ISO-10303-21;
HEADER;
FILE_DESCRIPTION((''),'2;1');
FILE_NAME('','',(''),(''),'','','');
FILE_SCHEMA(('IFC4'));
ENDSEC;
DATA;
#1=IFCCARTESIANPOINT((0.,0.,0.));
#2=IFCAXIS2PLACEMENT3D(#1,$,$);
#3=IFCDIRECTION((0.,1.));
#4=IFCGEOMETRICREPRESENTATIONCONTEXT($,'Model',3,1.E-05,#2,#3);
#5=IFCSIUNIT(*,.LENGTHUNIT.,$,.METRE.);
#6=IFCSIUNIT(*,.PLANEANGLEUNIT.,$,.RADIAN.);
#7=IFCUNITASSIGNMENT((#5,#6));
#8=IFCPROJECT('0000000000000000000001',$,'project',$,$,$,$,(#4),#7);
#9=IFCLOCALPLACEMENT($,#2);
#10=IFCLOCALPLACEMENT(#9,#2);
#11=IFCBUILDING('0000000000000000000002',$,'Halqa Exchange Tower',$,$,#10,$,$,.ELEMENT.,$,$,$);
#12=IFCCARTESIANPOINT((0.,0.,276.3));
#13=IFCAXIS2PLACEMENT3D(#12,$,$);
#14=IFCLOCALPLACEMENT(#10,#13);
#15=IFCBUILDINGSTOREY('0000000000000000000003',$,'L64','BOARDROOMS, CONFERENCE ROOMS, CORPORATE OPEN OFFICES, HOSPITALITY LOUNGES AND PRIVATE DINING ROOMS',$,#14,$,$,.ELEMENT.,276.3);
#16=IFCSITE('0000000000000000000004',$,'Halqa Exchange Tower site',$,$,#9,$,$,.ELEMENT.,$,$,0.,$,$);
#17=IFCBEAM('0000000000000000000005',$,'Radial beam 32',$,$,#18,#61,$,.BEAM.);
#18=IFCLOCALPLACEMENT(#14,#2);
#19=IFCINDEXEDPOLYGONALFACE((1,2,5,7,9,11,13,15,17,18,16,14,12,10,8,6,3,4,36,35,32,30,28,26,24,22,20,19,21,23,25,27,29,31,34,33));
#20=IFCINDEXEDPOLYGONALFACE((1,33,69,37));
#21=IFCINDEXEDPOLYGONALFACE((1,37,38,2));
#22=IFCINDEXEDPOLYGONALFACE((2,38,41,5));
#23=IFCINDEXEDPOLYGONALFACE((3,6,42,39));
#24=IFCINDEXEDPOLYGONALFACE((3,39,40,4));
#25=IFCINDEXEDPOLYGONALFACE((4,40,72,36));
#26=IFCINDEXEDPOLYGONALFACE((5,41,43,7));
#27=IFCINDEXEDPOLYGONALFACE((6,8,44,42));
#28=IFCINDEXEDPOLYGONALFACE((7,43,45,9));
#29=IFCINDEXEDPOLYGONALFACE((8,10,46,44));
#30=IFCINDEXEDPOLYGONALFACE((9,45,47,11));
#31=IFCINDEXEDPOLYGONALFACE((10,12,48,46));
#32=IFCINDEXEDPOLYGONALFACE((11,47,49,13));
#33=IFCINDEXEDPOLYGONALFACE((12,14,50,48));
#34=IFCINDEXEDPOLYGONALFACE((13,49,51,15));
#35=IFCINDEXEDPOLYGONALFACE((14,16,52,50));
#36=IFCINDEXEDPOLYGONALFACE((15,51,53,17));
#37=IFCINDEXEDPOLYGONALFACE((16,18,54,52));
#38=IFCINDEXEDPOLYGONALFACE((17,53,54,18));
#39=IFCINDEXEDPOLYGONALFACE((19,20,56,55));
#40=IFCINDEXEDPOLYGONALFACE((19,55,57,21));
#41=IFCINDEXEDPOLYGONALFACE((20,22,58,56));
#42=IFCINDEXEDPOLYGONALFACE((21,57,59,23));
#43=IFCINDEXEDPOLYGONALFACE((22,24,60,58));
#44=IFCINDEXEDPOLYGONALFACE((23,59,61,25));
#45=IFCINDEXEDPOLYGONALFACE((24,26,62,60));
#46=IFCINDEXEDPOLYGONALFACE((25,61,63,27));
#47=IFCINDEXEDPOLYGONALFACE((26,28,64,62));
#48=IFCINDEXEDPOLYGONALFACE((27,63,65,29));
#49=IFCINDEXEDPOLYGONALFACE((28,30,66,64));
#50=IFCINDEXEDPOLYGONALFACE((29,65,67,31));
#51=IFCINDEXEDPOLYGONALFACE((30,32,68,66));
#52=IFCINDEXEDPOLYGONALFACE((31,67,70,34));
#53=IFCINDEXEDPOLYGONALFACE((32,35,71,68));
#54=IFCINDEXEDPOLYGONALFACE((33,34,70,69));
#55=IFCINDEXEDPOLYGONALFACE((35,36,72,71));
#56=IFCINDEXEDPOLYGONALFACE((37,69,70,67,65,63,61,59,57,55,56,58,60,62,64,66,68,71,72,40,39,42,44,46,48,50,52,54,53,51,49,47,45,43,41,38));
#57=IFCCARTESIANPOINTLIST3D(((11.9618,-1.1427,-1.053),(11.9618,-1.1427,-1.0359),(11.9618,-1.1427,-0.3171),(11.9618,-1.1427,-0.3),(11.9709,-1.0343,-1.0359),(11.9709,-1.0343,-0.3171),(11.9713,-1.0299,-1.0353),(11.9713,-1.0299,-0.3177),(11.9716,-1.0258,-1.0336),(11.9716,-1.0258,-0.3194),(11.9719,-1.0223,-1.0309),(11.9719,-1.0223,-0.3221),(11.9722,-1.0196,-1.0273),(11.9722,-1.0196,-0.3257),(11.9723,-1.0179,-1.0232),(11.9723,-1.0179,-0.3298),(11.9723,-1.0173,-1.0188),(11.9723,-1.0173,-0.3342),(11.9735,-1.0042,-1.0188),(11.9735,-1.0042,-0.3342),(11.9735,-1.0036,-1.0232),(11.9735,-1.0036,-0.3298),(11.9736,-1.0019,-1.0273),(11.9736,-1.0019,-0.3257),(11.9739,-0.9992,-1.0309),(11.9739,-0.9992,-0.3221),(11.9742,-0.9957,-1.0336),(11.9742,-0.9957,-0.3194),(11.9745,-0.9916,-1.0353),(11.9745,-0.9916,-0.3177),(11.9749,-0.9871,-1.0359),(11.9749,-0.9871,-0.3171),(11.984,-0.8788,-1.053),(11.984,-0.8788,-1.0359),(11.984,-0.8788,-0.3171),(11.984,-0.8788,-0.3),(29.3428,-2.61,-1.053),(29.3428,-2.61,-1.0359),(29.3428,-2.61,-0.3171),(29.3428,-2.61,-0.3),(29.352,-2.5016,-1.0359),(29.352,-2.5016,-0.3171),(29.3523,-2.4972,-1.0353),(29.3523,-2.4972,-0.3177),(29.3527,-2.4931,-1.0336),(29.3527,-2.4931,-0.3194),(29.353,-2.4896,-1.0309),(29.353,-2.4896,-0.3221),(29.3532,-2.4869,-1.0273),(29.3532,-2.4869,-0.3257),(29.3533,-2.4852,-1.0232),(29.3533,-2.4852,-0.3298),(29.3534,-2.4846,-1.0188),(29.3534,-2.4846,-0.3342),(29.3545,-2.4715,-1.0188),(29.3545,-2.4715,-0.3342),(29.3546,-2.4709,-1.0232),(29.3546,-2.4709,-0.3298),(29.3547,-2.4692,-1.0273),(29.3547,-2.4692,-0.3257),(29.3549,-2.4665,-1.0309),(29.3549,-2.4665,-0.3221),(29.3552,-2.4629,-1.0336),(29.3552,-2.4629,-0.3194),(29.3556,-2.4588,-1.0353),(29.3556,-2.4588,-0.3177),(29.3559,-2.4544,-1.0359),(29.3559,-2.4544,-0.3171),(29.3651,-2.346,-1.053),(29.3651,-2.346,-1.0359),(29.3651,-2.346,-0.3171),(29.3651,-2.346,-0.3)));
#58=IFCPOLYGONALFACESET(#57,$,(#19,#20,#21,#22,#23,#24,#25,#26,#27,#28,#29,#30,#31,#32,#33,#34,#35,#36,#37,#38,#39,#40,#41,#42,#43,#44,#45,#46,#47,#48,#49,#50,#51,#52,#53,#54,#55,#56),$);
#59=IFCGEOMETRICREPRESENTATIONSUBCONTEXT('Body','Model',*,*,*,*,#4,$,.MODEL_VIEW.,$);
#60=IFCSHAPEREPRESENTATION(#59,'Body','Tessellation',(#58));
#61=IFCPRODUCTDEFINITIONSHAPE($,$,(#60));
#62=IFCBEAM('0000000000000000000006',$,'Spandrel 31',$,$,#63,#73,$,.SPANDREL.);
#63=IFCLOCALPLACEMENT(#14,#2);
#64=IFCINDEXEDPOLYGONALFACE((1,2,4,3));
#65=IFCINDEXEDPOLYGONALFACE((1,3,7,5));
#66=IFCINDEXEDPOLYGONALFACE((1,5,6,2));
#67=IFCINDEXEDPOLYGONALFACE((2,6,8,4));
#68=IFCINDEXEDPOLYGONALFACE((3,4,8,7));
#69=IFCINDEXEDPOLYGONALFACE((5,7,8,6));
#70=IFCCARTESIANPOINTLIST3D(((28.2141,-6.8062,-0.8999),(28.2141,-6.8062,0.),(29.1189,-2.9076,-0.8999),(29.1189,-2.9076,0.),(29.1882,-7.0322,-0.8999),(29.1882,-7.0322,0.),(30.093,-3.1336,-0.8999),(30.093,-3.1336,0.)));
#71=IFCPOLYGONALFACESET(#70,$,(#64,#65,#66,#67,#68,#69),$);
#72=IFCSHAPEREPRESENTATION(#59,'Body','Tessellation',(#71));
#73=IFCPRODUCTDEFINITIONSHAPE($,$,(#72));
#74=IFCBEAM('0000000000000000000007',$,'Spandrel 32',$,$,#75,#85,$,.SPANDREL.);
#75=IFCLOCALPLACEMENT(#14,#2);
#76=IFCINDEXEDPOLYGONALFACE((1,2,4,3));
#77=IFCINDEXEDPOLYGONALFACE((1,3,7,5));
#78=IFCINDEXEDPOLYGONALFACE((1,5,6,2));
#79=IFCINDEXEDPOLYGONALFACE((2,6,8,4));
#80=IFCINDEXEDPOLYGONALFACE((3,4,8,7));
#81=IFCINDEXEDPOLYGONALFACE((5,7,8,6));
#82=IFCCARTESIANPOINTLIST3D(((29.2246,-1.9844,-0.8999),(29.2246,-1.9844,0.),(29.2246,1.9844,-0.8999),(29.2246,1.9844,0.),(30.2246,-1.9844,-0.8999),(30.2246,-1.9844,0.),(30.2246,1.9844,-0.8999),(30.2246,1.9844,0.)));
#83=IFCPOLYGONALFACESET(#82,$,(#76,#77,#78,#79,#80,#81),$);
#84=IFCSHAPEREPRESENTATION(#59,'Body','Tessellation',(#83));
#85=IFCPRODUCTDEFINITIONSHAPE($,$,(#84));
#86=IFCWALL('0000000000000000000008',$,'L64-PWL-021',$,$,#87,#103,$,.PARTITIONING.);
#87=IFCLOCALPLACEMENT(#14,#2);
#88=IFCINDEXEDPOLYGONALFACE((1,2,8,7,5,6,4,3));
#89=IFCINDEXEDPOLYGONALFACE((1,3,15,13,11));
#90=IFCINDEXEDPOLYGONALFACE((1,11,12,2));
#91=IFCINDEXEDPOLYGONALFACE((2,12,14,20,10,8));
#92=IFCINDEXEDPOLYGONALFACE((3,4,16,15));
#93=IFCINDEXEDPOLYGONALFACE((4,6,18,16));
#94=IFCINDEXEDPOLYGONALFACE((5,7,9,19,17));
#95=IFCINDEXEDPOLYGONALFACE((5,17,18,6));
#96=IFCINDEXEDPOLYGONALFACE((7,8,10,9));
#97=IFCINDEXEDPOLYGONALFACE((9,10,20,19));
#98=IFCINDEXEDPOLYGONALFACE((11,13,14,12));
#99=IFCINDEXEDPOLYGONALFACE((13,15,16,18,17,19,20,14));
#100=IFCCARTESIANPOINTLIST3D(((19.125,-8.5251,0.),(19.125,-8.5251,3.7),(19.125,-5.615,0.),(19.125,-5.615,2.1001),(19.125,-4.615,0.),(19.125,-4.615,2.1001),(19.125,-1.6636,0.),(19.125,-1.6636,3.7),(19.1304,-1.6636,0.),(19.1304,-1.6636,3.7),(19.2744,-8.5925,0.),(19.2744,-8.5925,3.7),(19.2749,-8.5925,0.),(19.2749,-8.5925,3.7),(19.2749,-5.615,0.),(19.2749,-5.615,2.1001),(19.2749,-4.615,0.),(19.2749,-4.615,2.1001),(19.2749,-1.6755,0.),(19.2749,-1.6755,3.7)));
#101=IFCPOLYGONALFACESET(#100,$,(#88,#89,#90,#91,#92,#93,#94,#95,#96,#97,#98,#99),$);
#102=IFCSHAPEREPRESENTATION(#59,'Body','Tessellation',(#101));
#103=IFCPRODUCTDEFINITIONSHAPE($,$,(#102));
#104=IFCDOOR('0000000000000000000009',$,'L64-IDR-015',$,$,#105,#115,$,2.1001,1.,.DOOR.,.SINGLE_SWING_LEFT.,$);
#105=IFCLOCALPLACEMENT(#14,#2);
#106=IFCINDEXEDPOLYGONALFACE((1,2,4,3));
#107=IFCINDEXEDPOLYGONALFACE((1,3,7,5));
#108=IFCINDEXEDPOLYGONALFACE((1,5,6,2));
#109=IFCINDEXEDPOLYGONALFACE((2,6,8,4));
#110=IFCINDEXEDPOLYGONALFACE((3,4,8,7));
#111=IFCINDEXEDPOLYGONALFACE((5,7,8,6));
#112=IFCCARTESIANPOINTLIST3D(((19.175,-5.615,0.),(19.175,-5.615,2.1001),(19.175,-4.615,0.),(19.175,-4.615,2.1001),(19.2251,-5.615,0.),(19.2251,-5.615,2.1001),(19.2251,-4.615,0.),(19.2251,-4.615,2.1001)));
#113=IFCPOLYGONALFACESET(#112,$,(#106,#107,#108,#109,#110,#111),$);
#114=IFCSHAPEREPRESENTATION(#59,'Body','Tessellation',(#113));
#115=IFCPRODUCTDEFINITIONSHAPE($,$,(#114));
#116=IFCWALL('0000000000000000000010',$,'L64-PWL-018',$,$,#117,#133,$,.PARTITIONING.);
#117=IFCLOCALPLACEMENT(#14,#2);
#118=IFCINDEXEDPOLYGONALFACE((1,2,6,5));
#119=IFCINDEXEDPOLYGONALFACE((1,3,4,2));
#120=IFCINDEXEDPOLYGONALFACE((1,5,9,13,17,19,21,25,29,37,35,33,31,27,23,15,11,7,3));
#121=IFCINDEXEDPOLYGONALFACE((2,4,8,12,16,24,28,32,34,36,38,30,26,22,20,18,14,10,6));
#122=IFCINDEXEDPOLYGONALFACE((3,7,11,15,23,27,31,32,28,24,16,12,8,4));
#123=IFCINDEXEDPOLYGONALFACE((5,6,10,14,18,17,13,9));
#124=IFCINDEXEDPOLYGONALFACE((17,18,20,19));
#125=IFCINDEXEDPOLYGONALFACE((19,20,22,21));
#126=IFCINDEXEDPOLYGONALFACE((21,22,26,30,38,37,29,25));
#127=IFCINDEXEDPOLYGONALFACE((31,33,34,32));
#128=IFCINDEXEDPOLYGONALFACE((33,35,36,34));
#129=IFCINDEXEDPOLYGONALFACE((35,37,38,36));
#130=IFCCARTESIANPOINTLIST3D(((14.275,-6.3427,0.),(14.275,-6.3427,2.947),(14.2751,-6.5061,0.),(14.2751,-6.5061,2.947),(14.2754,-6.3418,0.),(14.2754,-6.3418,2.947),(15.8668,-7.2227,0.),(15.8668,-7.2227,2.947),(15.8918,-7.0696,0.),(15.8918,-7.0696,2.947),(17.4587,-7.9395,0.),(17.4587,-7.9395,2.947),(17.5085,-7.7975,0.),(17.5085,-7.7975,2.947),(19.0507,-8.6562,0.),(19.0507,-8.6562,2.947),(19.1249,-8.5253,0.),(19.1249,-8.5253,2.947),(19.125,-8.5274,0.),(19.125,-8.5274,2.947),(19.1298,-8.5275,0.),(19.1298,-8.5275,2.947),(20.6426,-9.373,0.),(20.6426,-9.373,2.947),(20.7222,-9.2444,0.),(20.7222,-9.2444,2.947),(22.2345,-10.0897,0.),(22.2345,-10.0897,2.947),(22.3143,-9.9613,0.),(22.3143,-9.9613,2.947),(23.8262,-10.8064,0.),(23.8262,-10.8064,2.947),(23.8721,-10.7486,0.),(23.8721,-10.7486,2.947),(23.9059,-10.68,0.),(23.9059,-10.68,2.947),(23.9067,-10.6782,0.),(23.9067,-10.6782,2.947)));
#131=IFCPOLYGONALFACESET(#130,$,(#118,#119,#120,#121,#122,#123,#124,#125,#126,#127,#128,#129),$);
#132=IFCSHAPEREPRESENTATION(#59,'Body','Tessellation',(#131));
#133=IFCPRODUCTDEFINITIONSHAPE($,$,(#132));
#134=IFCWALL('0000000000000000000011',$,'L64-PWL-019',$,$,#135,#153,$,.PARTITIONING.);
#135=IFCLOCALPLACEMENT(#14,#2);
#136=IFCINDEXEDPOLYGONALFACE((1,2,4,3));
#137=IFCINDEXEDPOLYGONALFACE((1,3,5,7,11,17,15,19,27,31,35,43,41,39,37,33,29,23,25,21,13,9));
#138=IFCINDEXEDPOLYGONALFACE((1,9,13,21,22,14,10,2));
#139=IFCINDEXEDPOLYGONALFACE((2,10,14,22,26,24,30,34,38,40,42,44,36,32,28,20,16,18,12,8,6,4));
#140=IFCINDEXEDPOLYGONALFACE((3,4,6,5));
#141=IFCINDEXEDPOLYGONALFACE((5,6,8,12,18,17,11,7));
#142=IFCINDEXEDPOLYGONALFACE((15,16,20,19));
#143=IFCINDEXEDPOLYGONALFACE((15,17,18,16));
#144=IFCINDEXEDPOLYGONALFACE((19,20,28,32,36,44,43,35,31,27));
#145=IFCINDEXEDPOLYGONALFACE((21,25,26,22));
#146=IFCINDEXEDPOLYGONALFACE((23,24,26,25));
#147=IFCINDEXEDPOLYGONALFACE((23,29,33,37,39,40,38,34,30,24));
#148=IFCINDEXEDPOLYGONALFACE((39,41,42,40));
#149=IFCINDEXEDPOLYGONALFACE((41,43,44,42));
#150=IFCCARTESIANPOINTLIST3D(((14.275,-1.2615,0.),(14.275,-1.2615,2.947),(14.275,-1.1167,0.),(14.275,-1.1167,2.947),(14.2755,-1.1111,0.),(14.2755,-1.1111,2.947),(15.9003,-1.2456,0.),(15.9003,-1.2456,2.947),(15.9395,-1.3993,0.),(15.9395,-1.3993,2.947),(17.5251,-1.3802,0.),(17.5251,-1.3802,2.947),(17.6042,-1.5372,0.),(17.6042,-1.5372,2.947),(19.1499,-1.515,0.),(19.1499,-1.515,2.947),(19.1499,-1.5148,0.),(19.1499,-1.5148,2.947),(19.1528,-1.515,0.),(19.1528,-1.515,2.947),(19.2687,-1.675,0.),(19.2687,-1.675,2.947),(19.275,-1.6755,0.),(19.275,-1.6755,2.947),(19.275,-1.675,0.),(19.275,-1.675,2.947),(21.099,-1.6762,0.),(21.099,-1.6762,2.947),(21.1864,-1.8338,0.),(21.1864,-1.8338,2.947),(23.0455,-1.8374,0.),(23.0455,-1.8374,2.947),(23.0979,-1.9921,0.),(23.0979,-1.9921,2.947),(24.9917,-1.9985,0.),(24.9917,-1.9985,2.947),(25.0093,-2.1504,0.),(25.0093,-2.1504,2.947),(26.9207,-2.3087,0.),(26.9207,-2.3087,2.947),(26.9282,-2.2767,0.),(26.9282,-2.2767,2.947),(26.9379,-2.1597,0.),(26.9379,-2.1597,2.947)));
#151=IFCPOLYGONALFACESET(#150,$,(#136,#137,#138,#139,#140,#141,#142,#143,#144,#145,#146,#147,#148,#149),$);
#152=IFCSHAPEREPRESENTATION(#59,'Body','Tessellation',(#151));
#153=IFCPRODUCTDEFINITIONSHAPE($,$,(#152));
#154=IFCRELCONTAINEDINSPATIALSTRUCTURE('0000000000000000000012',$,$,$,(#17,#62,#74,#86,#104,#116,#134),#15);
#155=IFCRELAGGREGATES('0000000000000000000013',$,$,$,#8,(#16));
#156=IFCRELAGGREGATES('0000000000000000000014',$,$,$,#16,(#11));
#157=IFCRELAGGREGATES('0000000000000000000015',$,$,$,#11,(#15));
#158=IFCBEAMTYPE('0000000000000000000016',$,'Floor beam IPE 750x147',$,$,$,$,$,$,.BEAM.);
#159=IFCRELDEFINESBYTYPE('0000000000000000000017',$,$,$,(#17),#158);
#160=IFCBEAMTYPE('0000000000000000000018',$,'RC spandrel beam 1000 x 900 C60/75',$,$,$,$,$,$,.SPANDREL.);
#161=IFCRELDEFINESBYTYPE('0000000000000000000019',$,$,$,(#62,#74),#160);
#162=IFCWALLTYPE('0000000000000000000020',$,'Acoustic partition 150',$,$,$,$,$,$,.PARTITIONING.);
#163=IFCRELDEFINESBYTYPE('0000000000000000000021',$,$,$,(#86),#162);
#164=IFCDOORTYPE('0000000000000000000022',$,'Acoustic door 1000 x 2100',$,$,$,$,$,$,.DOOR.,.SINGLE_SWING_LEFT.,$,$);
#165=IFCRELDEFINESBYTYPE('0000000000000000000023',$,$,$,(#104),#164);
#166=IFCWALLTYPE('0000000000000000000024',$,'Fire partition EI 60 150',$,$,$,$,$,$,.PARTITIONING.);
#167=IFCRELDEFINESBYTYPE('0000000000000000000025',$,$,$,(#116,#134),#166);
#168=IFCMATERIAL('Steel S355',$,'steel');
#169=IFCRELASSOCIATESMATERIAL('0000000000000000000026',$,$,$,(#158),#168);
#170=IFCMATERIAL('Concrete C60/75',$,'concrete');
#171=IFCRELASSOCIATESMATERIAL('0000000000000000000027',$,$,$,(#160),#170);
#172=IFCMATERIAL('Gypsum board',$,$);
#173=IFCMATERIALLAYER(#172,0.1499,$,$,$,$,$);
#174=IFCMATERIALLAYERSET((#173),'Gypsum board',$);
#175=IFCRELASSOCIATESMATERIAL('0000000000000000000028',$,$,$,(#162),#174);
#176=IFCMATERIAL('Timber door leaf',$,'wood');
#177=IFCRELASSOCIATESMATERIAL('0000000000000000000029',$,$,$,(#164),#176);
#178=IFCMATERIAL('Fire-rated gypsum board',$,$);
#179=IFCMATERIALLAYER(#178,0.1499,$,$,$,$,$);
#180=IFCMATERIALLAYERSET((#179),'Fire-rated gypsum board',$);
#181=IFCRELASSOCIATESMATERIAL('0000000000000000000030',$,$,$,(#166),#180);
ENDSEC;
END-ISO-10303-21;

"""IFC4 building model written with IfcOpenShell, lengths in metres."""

from ifc_helpers import new_model, si_unit, direction, frame, frame_2d, origin, origin_2d, place, context, subcontext, project, spatial, polyline, rectangle, i_section, outline, extrude, material, layer, layer_set, material_profile, profile_set, type_object, element, fill, save


model = new_model("IFC4")

# Units and contexts
model_context = context("Model", 3, precision=1e-05, world=origin(), true_north=direction((0.0, 1.0)))
body_context = subcontext(model_context, "Body", "Model", "MODEL_VIEW")
ifc_project = project(units=[si_unit("LENGTHUNIT", "METRE"), si_unit("PLANEANGLEUNIT", "RADIAN")], contexts=[model_context])

# Site, building, storey
site_placement = place(None, origin())
site = spatial("IfcSite", under=ifc_project, at=site_placement, Name="Halqa Exchange Tower site", CompositionType="ELEMENT", RefElevation=0.0)
building_placement = place(site_placement, origin())
building = spatial("IfcBuilding", under=site, at=building_placement, Name="Halqa Exchange Tower", CompositionType="ELEMENT")
storey_placement = place(building_placement, frame((0.0, 0.0, 276.3)))
storey = spatial("IfcBuildingStorey", under=building, at=storey_placement, Name="L64", Description="BOARDROOMS, CONFERENCE ROOMS, CORPORATE OPEN OFFICES, HOSPITALITY LOUNGES AND PRIVATE DINING ROOMS", CompositionType="ELEMENT", Elevation=276.3)

# Shared definitions
ifc_material_1 = material(Name="Concrete C60/75", Category="concrete")

# Beams
ifc_material_2 = material(Name="Steel S355", Category="steel")
ifc_material_profile_1 = material_profile(ifc_material_2, i_section(OverallWidth=0.2649, OverallDepth=0.7529, WebThickness=0.0132, FlangeThickness=0.0171, FilletRadius=0.0171, at=origin_2d()), Name="IPE 750x147")
ifc_profile_set_1 = profile_set([ifc_material_profile_1], Name="Steel S355")
beam_type_1 = type_object("IfcBeamType", Name="Floor beam IPE 750x147", PredefinedType="BEAM", material=ifc_profile_set_1)
beam_1_placement = place(storey_placement, frame((11.9729, -1.0107, -0.6765), z_axis=(0.996456, -0.084119, 0.0), x_axis=(0.084119, 0.996456, 0.0)))
element("IfcBeam", 1, at=beam_1_placement, inside=storey, type_object=beam_type_1, Name="Radial beam 32", PredefinedType="BEAM", context=body_context, shape_type="SweptSolid", body=[
    extrude(i_section(OverallWidth=0.2649, OverallDepth=0.7529, WebThickness=0.0132, FlangeThickness=0.0171, FilletRadius=0.0171, at=origin_2d()), origin(), (0.0, 0.0, 1.0), 17.4429),
])
ifc_material_profile_2 = material_profile(ifc_material_1, rectangle(XDim=1.0, YDim=0.8999, at=origin_2d()), Name="1000 x 900")
ifc_profile_set_2 = profile_set([ifc_material_profile_2], Name="Concrete C60/75")
beam_type_2 = type_object("IfcBeamType", Name="RC spandrel beam 1000 x 900 C60/75", PredefinedType="SPANDREL", material=ifc_profile_set_2)
beam_2_placement = place(storey_placement, frame((28.7012, -6.9192, -0.45), z_axis=(0.226067, 0.974112, 0.0), x_axis=(-0.974112, 0.226067, 0.0)))
element("IfcBeam", 2, at=beam_2_placement, inside=storey, type_object=beam_type_2, Name="Spandrel 31", PredefinedType="SPANDREL", context=body_context, shape_type="SweptSolid", body=[
    extrude(rectangle(XDim=1.0, YDim=0.8999, at=origin_2d()), origin(), (0.0, 0.0, 1.0), 4.0022),
])
beam_3_placement = place(storey_placement, frame((29.7246, -1.9844, -0.45), z_axis=(0.0, 1.0, 0.0), x_axis=(-1.0, 0.0, 0.0)))
element("IfcBeam", 3, at=beam_3_placement, inside=storey, type_object=beam_type_2, Name="Spandrel 32", PredefinedType="SPANDREL", context=body_context, shape_type="SweptSolid", body=[
    extrude(rectangle(XDim=1.0, YDim=0.8999, at=origin_2d()), origin(), (0.0, 0.0, 1.0), 3.9688),
])

# Wall, opening, door
ifc_material_3 = material(Name="Gypsum board")
ifc_layer_1 = layer(ifc_material_3, 0.1499)
ifc_layer_set_1 = layer_set([ifc_layer_1], Name="Gypsum board")
wall_type_1 = type_object("IfcWallType", Name="Acoustic partition 150", PredefinedType="PARTITIONING", material=ifc_layer_set_1)
wall_1_placement = place(storey_placement, frame((19.2, -1.6636, 0.0), z_axis=(0.0, 0.0, 1.0), x_axis=(0.0, -1.0, 0.0)))
wall_1 = element("IfcWall", 4, at=wall_1_placement, inside=storey, type_object=wall_type_1, Name="L64-PWL-021", PredefinedType="PARTITIONING", context=body_context, shape_type="SweptSolid", body=[
    extrude(outline(polyline([(0.0, -0.075), (1.7153, -0.075), (3.4309, -0.075), (5.1462, -0.075), (6.8616, -0.075), (6.929, 0.0745), (6.929, 0.075), (5.1997, 0.075), (3.4705, 0.075), (1.7412, 0.075), (0.012, 0.075), (0.0, -0.0696), (0.0, -0.075)])), origin(), (0.0, 0.0, 1.0), 3.7),
])
opening_1_placement = place(wall_1_placement, frame((2.9514, 0.0, 0.0)))
opening_1 = element("IfcOpeningElement", 5, at=opening_1_placement, cuts=wall_1, PredefinedType="OPENING", context=body_context, shape_type="SweptSolid", body=[
    extrude(rectangle(XDim=1.0, YDim=2.1001, at=frame_2d((0.5, 1.05))), frame((0.0, 0.0869, 0.0), z_axis=(0.0, -1.0, 0.0), x_axis=(1.0, 0.0, 0.0)), (0.0, 0.0, 1.0), 0.1738),
])
ifc_material_4 = material(Name="Timber door leaf", Category="wood")
door_type_1 = type_object("IfcDoorType", Name="Acoustic door 1000 x 2100", OperationType="SINGLE_SWING_LEFT", PredefinedType="DOOR", material=ifc_material_4)
door_1_placement = place(opening_1_placement, frame((1.0, 0.0, 0.0), z_axis=(0.0, 0.0, 1.0), x_axis=(-1.0, 0.0, 0.0)))
door_1 = element("IfcDoor", 6, at=door_1_placement, inside=storey, type_object=door_type_1, Name="L64-IDR-015", OperationType="SINGLE_SWING_LEFT", OverallHeight=2.1001, OverallWidth=1.0, PredefinedType="DOOR", context=body_context, shape_type="SweptSolid", body=[
    extrude(rectangle(XDim=1.0, YDim=2.1001, at=frame_2d((0.5, 1.05))), frame((0.0, 0.0249, 0.0), z_axis=(0.0, -1.0, 0.0), x_axis=(1.0, 0.0, 0.0)), (0.0, 0.0, 1.0), 0.05),
])
fill(opening_1, door_1)

# Walls
ifc_material_5 = material(Name="Fire-rated gypsum board")
ifc_layer_2 = layer(ifc_material_5, 0.1499)
ifc_layer_set_2 = layer_set([ifc_layer_2], Name="Fire-rated gypsum board")
wall_type_2 = type_object("IfcWallType", Name="Fire partition EI 60 150", PredefinedType="PARTITIONING", material=ifc_layer_set_2)
wall_2_placement = place(storey_placement, frame((14.2446, -6.4102, 0.0), z_axis=(0.0, 0.0, 1.0), x_axis=(0.911839, -0.410547, 0.0)))
element("IfcWall", 7, at=wall_2_placement, inside=storey, type_object=wall_type_2, Name="L64-PWL-018", PredefinedType="PARTITIONING", context=body_context, shape_type="SweptSolid", body=[
    extrude(outline(polyline([(0.0671, -0.075), (1.8127, -0.075), (3.5586, -0.075), (5.3044, -0.075), (7.0503, -0.075), (8.7961, -0.075), (10.5417, -0.075), (10.5598, -0.0034), (10.5625, 0.073), (10.5625, 0.075), (8.8162, 0.075), (7.0701, 0.075), (5.3237, 0.075), (5.3193, 0.073), (5.3184, 0.075), (3.5457, 0.075), (1.7727, 0.075), (0.0, 0.075), (0.0, 0.074), (0.0671, -0.075)])), origin(), (0.0, 0.0, 1.0), 2.947),
])
wall_3_placement = place(storey_placement, frame((14.2693, -1.1858, 0.0), z_axis=(0.0, 0.0, 1.0), x_axis=(0.996589, -0.082529, 0.0)))
element("IfcWall", 8, at=wall_3_placement, inside=storey, type_object=wall_type_2, Name="L64-PWL-019", PredefinedType="PARTITIONING", context=body_context, shape_type="SweptSolid", body=[
    extrude(outline(polyline([(0.012, -0.075), (1.6821, -0.075), (3.3525, -0.075), (5.0227, -0.075), (5.0291, -0.0745), (5.0291, -0.075), (6.947, -0.075), (8.865, -0.075), (10.783, -0.075), (12.7009, -0.075), (12.7058, -0.0425), (12.7058, 0.075), (10.7529, 0.075), (8.8, 0.075), (6.8469, 0.075), (4.894, 0.075), (4.8911, 0.0747), (4.8911, 0.075), (3.2607, 0.075), (1.6304, 0.075), (0.0, 0.075), (0.0, 0.0693), (0.012, -0.075)])), origin(), (0.0, 0.0, 1.0), 2.947),
])

save(model, "model.ifc")
